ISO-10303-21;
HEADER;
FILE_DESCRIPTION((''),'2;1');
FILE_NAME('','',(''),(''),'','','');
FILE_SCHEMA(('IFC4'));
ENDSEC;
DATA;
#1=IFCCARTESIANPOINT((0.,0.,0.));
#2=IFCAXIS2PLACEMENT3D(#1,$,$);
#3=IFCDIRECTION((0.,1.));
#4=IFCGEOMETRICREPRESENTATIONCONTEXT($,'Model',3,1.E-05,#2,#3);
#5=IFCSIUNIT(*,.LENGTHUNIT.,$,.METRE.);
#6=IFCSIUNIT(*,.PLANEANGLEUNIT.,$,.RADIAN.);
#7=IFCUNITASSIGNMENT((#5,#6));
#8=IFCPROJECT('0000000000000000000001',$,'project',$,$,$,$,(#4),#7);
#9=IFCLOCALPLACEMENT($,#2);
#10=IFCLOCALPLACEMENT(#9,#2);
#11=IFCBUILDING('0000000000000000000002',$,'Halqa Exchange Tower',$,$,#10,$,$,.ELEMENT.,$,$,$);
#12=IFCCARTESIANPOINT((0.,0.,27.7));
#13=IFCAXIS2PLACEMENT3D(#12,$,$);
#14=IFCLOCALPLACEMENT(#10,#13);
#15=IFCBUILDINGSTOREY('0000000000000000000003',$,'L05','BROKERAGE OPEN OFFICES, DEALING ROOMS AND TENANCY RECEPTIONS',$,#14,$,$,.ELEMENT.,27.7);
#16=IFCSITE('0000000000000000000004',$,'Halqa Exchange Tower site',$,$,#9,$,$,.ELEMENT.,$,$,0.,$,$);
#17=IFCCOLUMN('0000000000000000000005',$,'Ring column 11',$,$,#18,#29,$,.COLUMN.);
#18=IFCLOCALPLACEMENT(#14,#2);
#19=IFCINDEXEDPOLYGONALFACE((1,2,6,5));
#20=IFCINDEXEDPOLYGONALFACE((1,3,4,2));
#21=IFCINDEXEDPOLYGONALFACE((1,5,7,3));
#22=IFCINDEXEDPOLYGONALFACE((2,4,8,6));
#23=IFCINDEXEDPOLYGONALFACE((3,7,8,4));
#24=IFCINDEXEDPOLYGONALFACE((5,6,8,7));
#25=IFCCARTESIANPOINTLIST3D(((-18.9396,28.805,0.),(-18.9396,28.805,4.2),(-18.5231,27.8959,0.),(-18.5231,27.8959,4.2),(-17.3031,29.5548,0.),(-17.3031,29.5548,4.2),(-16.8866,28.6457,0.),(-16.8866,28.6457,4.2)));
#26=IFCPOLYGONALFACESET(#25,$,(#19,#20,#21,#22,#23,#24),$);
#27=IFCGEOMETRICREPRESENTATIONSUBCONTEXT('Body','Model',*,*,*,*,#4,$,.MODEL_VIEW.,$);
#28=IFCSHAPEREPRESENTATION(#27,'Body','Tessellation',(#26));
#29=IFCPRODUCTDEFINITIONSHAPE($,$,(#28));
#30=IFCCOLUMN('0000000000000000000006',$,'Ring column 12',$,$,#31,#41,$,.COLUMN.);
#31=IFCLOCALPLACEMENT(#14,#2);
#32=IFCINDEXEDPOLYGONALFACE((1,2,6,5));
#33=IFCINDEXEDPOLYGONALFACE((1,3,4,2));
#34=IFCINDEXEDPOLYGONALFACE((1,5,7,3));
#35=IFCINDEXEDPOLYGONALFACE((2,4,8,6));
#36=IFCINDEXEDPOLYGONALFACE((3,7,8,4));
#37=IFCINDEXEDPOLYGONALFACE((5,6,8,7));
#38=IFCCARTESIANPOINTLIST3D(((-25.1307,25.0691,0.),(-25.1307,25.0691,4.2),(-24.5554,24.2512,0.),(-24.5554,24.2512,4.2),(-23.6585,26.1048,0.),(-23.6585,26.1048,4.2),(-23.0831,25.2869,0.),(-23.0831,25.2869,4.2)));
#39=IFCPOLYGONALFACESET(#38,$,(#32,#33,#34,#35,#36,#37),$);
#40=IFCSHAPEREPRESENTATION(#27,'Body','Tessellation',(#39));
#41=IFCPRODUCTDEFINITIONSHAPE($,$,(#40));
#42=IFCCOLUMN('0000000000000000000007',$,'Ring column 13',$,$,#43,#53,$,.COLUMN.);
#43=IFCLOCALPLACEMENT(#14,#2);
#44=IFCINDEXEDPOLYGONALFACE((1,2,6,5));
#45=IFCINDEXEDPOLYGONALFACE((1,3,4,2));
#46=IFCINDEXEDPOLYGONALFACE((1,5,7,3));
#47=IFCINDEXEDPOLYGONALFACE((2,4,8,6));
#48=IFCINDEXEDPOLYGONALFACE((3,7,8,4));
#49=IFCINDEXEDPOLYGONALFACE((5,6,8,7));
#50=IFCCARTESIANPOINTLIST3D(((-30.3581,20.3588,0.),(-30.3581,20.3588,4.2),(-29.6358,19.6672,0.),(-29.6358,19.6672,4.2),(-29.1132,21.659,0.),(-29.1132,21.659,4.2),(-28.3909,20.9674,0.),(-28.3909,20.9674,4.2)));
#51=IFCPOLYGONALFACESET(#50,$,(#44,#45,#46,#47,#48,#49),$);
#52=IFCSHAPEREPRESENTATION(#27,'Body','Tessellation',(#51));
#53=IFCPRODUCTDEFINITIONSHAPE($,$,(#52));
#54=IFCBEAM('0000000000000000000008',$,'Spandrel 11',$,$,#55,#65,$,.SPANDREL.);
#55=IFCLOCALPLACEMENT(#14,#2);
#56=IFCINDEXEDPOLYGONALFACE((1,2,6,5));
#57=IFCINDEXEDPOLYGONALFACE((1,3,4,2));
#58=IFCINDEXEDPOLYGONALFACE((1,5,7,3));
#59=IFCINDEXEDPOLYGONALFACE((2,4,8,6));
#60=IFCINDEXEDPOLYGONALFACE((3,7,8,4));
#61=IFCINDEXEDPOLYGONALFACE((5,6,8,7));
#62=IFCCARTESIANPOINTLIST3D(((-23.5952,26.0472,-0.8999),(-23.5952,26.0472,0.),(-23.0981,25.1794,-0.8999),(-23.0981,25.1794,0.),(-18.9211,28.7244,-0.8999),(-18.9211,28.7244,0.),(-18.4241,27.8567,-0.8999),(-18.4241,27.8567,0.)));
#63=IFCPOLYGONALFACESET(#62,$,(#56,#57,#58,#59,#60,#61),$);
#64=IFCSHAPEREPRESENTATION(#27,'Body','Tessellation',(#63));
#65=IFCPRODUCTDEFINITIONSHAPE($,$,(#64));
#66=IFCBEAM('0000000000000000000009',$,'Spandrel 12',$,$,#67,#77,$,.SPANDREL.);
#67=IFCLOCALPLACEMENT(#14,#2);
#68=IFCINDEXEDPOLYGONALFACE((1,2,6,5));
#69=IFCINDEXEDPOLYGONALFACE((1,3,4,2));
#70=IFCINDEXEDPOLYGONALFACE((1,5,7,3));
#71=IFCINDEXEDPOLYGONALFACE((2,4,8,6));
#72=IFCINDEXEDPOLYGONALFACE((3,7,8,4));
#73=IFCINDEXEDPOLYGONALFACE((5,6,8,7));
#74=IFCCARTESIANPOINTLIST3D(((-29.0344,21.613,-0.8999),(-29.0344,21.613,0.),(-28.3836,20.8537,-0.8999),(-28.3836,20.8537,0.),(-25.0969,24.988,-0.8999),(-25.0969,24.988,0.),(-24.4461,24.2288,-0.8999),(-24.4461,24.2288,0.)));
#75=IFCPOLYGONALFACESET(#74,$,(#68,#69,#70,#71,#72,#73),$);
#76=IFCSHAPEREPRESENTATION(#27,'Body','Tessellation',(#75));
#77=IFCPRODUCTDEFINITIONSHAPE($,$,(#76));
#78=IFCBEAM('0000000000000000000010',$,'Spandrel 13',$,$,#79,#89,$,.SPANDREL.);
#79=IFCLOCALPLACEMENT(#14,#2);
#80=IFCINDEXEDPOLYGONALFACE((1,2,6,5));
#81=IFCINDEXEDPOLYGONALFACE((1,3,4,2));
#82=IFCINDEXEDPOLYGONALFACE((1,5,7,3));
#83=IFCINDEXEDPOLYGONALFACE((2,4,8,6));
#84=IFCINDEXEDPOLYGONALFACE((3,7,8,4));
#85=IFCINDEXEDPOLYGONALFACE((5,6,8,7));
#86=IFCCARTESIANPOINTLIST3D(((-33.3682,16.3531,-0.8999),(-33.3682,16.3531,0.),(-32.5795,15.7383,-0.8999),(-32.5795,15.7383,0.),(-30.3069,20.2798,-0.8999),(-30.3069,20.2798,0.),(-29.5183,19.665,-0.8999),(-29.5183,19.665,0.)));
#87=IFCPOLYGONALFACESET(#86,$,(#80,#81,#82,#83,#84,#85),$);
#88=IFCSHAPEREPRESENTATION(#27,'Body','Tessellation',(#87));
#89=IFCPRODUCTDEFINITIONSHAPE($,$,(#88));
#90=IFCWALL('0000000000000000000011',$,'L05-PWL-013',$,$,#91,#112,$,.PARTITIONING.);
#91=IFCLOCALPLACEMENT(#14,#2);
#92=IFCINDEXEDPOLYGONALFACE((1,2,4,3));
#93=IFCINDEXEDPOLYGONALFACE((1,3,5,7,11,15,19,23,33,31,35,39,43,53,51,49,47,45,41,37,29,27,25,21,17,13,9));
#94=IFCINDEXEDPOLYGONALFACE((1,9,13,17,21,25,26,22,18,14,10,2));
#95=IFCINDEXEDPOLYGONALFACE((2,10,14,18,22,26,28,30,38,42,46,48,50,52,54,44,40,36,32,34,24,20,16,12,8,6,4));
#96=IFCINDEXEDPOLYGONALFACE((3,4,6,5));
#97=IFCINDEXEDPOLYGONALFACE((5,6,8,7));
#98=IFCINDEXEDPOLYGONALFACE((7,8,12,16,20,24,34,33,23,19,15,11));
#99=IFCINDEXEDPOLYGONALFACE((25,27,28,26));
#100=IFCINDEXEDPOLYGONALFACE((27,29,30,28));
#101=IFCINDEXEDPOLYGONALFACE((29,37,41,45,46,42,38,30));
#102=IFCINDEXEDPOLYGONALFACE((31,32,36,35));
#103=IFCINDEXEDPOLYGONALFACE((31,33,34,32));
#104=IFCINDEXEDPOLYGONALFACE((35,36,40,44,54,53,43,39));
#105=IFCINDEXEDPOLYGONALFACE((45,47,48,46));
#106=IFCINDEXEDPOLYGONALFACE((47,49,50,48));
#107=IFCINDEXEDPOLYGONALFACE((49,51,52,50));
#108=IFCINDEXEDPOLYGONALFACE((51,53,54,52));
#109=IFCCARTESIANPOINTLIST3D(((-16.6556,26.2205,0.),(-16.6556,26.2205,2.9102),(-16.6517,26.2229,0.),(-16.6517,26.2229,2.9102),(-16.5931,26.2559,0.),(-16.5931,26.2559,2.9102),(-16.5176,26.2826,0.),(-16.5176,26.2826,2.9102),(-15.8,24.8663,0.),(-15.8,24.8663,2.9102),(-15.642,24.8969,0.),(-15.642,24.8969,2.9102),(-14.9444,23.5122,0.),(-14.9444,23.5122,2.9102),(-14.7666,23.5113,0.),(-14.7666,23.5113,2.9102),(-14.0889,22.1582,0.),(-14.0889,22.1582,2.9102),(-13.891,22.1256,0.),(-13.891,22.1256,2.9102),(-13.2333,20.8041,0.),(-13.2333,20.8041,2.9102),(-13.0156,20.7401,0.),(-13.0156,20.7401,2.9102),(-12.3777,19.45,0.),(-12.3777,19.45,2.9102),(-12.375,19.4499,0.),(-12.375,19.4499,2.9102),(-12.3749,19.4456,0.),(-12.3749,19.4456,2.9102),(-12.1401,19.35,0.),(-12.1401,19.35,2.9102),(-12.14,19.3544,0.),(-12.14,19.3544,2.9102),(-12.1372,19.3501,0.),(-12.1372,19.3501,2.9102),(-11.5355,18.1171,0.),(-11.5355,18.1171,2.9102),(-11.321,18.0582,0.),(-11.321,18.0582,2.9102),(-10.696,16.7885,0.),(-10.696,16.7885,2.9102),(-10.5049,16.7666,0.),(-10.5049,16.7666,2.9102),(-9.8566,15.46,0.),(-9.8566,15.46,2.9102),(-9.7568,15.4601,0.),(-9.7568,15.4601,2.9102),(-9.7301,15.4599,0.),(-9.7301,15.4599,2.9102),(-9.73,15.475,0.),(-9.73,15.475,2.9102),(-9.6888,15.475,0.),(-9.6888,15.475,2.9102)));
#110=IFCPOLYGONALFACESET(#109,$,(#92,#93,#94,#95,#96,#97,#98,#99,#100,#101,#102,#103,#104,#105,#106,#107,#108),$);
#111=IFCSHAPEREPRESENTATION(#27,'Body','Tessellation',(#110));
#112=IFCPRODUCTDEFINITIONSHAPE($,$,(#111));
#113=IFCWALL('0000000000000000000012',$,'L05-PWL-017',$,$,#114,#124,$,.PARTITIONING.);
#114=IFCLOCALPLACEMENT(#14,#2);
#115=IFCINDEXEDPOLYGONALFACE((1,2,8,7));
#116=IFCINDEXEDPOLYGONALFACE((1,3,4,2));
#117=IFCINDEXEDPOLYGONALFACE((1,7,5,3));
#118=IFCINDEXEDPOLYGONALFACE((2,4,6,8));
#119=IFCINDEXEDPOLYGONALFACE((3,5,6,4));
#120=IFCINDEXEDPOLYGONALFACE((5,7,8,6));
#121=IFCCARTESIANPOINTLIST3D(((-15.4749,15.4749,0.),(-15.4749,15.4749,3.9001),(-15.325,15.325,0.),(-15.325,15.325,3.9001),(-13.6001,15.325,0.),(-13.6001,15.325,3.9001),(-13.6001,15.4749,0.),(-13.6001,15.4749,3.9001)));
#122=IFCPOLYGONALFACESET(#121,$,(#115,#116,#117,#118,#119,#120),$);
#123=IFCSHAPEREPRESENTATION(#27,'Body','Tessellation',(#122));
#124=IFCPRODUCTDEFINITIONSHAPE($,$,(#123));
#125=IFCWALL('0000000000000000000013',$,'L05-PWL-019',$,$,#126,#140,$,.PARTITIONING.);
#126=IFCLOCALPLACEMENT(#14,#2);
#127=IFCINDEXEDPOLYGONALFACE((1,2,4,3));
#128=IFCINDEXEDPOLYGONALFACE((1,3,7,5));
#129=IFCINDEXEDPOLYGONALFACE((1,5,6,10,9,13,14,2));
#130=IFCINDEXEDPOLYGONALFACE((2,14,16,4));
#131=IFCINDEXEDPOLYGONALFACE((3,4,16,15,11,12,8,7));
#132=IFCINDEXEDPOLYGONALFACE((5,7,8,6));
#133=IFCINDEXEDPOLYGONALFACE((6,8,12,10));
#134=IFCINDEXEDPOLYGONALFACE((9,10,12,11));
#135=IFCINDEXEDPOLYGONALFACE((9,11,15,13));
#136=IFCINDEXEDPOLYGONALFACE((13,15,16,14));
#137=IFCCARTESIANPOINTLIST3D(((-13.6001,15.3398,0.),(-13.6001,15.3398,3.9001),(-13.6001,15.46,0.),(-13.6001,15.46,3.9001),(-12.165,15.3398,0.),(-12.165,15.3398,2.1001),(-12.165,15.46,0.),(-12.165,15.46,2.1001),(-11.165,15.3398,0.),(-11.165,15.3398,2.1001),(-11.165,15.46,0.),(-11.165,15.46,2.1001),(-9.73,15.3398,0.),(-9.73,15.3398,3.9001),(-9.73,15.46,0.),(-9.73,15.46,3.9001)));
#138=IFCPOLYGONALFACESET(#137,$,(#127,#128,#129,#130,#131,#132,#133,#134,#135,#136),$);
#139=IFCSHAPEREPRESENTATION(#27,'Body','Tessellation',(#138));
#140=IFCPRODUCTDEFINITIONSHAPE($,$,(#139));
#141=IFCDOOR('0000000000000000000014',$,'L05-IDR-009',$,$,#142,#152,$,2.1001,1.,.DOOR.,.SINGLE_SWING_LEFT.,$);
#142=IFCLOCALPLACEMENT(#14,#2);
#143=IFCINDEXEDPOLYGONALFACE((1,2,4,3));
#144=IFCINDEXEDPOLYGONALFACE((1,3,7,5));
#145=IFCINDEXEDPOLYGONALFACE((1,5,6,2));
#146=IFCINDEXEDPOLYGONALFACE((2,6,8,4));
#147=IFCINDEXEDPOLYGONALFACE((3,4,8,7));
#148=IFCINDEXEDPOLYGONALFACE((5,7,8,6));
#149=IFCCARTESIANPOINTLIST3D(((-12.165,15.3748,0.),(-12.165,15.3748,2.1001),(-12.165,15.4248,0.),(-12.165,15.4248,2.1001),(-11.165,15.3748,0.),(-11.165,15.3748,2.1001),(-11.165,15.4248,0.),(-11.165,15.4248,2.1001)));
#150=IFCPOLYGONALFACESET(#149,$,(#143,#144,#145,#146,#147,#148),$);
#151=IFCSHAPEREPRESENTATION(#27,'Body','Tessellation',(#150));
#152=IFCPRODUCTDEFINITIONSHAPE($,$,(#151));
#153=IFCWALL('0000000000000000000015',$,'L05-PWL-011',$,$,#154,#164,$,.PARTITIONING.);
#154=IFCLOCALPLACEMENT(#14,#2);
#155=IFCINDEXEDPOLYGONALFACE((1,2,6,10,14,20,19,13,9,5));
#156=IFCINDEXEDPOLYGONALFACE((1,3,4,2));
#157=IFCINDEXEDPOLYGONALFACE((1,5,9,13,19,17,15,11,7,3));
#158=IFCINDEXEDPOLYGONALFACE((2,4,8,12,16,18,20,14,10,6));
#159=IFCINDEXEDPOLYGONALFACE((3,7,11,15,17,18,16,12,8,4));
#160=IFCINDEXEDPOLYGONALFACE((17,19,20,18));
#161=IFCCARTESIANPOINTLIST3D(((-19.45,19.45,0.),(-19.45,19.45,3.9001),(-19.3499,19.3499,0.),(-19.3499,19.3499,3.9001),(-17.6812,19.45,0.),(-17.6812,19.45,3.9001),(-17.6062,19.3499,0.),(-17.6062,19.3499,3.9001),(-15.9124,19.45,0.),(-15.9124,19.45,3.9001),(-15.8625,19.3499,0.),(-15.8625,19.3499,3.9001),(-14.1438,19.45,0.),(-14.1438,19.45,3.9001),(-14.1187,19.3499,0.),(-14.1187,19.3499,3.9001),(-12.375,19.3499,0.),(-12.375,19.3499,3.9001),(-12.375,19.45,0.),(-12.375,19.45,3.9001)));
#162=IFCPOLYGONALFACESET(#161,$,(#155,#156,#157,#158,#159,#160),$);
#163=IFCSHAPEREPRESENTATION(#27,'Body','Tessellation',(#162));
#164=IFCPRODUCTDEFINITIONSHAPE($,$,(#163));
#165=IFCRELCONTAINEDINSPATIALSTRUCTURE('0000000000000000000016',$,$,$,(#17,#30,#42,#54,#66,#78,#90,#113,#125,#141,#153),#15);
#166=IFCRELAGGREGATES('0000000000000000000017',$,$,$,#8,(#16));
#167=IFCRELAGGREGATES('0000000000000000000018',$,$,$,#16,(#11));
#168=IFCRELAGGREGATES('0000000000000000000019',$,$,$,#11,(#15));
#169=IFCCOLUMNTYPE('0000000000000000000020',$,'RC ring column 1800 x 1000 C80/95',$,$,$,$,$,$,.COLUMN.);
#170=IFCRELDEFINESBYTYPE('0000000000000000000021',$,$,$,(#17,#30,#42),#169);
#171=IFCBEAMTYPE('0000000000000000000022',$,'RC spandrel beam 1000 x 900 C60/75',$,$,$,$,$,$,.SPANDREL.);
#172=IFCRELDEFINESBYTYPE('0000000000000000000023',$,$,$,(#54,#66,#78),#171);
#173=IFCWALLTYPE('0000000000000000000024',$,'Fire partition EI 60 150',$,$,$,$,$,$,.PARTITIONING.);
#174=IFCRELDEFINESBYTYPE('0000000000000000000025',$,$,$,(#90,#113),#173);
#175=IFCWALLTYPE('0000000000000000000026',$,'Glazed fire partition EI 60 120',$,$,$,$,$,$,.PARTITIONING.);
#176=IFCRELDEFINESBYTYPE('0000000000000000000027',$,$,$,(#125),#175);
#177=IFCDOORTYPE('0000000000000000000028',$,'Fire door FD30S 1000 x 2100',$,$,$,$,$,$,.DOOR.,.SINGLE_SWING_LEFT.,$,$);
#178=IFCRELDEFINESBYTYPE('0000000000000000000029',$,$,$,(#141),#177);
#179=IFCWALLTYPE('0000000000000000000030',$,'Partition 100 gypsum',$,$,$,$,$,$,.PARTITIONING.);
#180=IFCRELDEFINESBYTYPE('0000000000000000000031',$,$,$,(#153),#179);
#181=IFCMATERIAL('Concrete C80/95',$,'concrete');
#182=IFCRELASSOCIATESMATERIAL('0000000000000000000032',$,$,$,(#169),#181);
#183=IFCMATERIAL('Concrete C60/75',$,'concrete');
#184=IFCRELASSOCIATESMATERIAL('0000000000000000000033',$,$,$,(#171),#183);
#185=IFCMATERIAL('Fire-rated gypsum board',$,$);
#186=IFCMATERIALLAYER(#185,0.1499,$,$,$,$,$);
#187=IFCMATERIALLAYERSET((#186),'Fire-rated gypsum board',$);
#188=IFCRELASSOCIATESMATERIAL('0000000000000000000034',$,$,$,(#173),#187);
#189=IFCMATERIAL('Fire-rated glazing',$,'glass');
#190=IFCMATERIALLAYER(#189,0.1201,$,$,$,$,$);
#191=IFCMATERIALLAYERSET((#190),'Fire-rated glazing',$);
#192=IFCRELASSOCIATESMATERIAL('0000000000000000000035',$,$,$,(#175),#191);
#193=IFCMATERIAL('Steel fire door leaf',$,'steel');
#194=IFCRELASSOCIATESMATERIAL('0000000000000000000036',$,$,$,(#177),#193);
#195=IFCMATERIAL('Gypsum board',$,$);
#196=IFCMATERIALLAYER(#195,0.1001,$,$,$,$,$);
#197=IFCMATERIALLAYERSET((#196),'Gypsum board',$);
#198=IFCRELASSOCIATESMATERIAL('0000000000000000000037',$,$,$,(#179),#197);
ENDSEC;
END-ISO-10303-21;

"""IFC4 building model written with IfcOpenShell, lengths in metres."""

from ifc_helpers import new_model, si_unit, direction, frame, frame_2d, origin, origin_2d, place, context, subcontext, project, spatial, polyline, rectangle, outline, extrude, material, layer, layer_set, material_profile, profile_set, type_object, element, fill, save


model = new_model("IFC4")

# Units and contexts
model_context = context("Model", 3, precision=1e-05, world=origin(), true_north=direction((0.0, 1.0)))
body_context = subcontext(model_context, "Body", "Model", "MODEL_VIEW")
ifc_project = project(units=[si_unit("LENGTHUNIT", "METRE"), si_unit("PLANEANGLEUNIT", "RADIAN")], contexts=[model_context])

# Site, building, storey
site_placement = place(None, origin())
site = spatial("IfcSite", under=ifc_project, at=site_placement, Name="Halqa Exchange Tower site", CompositionType="ELEMENT", RefElevation=0.0)
building_placement = place(site_placement, origin())
building = spatial("IfcBuilding", under=site, at=building_placement, Name="Halqa Exchange Tower", CompositionType="ELEMENT")
storey_placement = place(building_placement, frame((0.0, 0.0, 27.7)))
storey = spatial("IfcBuildingStorey", under=building, at=storey_placement, Name="L05", Description="BROKERAGE OPEN OFFICES, DEALING ROOMS AND TENANCY RECEPTIONS", CompositionType="ELEMENT", Elevation=27.7)

# Columns
ifc_material_1 = material(Name="Concrete C80/95", Category="concrete")
ifc_material_profile_1 = material_profile(ifc_material_1, rectangle(XDim=1.8, YDim=1.0, at=origin_2d()), Name="1800 x 1000")
ifc_profile_set_1 = profile_set([ifc_material_profile_1], Name="Concrete C80/95")
column_type = type_object("IfcColumnType", Name="RC ring column 1800 x 1000 C80/95", PredefinedType="COLUMN", material=ifc_profile_set_1)
for number, where, z_axis, x_axis, name in (
    (1, (-17.9131, 28.7253, 0.0), (0.0, 0.0, 1.0), (-0.909126, -0.416522, 0.0), "Ring column 11"),
    (2, (-24.1069, 25.178, 0.0), (0.0, 0.0, 1.0), (-0.817909, -0.575348, 0.0), "Ring column 12"),
    (3, (-29.3745, 20.6631, 0.0), (0.0, 0.0, 1.0), (-0.691581, -0.722299, 0.0), "Ring column 13"),
):
    element("IfcColumn", number, at=place(storey_placement, frame(where, z_axis=z_axis, x_axis=x_axis)), inside=storey, type_object=column_type, Name=name, PredefinedType="COLUMN", context=body_context, shape_type="SweptSolid", body=[
        extrude(rectangle(XDim=1.8, YDim=1.0, at=origin_2d()), origin(), (0.0, 0.0, 1.0), 4.2),
    ])

# Beams
ifc_material_2 = material(Name="Concrete C60/75", Category="concrete")
ifc_material_profile_2 = material_profile(ifc_material_2, rectangle(XDim=1.0, YDim=0.8999, at=origin_2d()), Name="1000 x 900")
ifc_profile_set_2 = profile_set([ifc_material_profile_2], Name="Concrete C60/75")
beam_type = type_object("IfcBeamType", Name="RC spandrel beam 1000 x 900 C60/75", PredefinedType="SPANDREL", material=ifc_profile_set_2)
beam_1_placement = place(storey_placement, frame((-18.6726, 28.2905, -0.45), z_axis=(-0.867735, -0.497027, 0.0), x_axis=(0.497027, -0.867735, 0.0)))
element("IfcBeam", 4, at=beam_1_placement, inside=storey, type_object=beam_type, Name="Spandrel 11", PredefinedType="SPANDREL", context=body_context, shape_type="SweptSolid", body=[
    extrude(rectangle(XDim=1.0, YDim=0.8999, at=origin_2d()), origin(), (0.0, 0.0, 1.0), 5.3865),
])
beam_2_placement = place(storey_placement, frame((-24.7715, 24.6084, -0.45), z_axis=(-0.759257, -0.650791, 0.0), x_axis=(0.650791, -0.759257, 0.0)))
element("IfcBeam", 5, at=beam_2_placement, inside=storey, type_object=beam_type, Name="Spandrel 12", PredefinedType="SPANDREL", context=body_context, shape_type="SweptSolid", body=[
    extrude(rectangle(XDim=1.0, YDim=0.8999, at=origin_2d()), origin(), (0.0, 0.0, 1.0), 5.186),
])
beam_3_placement = place(storey_placement, frame((-29.9126, 19.9724, -0.45), z_axis=(-0.614833, -0.788657, 0.0), x_axis=(0.788657, -0.614833, 0.0)))
element("IfcBeam", 6, at=beam_3_placement, inside=storey, type_object=beam_type, Name="Spandrel 13", PredefinedType="SPANDREL", context=body_context, shape_type="SweptSolid", body=[
    extrude(rectangle(XDim=1.0, YDim=0.8999, at=origin_2d()), origin(), (0.0, 0.0, 1.0), 4.979),
])

# Walls
ifc_material_3 = material(Name="Fire-rated gypsum board")
ifc_layer_1 = layer(ifc_material_3, 0.1499)
ifc_layer_set_1 = layer_set([ifc_layer_1], Name="Fire-rated gypsum board")
wall_type_1 = type_object("IfcWallType", Name="Fire partition EI 60 150", PredefinedType="PARTITIONING", material=ifc_layer_set_1)
wall_1_placement = place(storey_placement, frame((-16.5923, 26.2605, 0.0), z_axis=(0.0, 0.0, 1.0), x_axis=(0.534159, -0.845384, 0.0)))
element("IfcWall", 7, at=wall_1_placement, inside=storey, type_object=wall_type_1, Name="L05-PWL-013", PredefinedType="PARTITIONING", context=body_context, shape_type="SweptSolid", body=[
    extrude(outline(polyline([(0.0, -0.075), (1.6018, -0.075), (3.2036, -0.075), (4.8052, -0.075), (6.407, -0.075), (8.0088, -0.075), (8.0103, -0.0728), (8.0139, -0.075), (9.5854, -0.075), (11.157, -0.075), (12.7285, -0.075), (12.7817, 0.0095), (12.7817, 0.0095), (12.7961, 0.032), (12.7834, 0.04), (12.8054, 0.075), (12.8054, 0.075), (11.2776, 0.075), (9.7498, 0.075), (8.2217, 0.075), (8.2202, 0.0725), (8.2166, 0.075), (6.5774, 0.075), (4.9385, 0.075), (3.2993, 0.075), (1.6604, 0.075), (0.0212, 0.075), (0.0034, -0.0032), (0.0, -0.0703), (0.0, -0.075)])), origin(), (0.0, 0.0, 1.0), 2.9102),
])
wall_2_placement = place(storey_placement, frame((-15.4751, 15.3999, 0.0), z_axis=(0.0, 0.0, 1.0), x_axis=(1.0, 0.0, 0.0)))
element("IfcWall", 8, at=wall_2_placement, inside=storey, type_object=wall_type_1, Name="L05-PWL-017", PredefinedType="PARTITIONING", context=body_context, shape_type="SweptSolid", body=[
    extrude(outline(polyline([(1.875, 0.075), (0.0002, 0.075), (0.1501, -0.075), (1.875, -0.075), (1.875, 0.075)])), origin(), (0.0, 0.0, 1.0), 3.9001),
])

# Wall, opening, door
ifc_material_4 = material(Name="Fire-rated glazing", Category="glass")
ifc_layer_2 = layer(ifc_material_4, 0.1201)
ifc_layer_set_2 = layer_set([ifc_layer_2], Name="Fire-rated glazing")
wall_type_2 = type_object("IfcWallType", Name="Glazed fire partition EI 60 120", PredefinedType="PARTITIONING", material=ifc_layer_set_2)
wall_3_placement = place(storey_placement, frame((-13.6001, 15.3999, 0.0), z_axis=(0.0, 0.0, 1.0), x_axis=(1.0, 0.0, 0.0)))
wall_3 = element("IfcWall", 9, at=wall_3_placement, inside=storey, type_object=wall_type_2, Name="L05-PWL-019", PredefinedType="PARTITIONING", context=body_context, shape_type="SweptSolid", body=[
    extrude(rectangle(XDim=3.8701, YDim=0.1201, at=frame_2d((1.9351, 0.0))), origin(), (0.0, 0.0, 1.0), 3.9001),
])
opening_1_placement = place(wall_3_placement, frame((1.4351, 0.0, 0.0)))
opening_1 = element("IfcOpeningElement", 10, at=opening_1_placement, cuts=wall_3, PredefinedType="OPENING", context=body_context, shape_type="SweptSolid", body=[
    extrude(rectangle(XDim=1.0, YDim=2.1001, at=frame_2d((0.5, 1.05))), frame((0.0, 0.072, 0.0), z_axis=(0.0, -1.0, 0.0), x_axis=(1.0, 0.0, 0.0)), (0.0, 0.0, 1.0), 0.144),
])
ifc_material_5 = material(Name="Steel fire door leaf", Category="steel")
door_type_1 = type_object("IfcDoorType", Name="Fire door FD30S 1000 x 2100", OperationType="SINGLE_SWING_LEFT", PredefinedType="DOOR", material=ifc_material_5)
door_1_placement = place(opening_1_placement, origin())
door_1 = element("IfcDoor", 11, at=door_1_placement, inside=storey, type_object=door_type_1, Name="L05-IDR-009", OperationType="SINGLE_SWING_LEFT", OverallHeight=2.1001, OverallWidth=1.0, PredefinedType="DOOR", context=body_context, shape_type="SweptSolid", body=[
    extrude(rectangle(XDim=1.0, YDim=2.1001, at=frame_2d((0.5, 1.05))), frame((0.0, 0.0249, 0.0), z_axis=(0.0, -1.0, 0.0), x_axis=(1.0, 0.0, 0.0)), (0.0, 0.0, 1.0), 0.05),
])
fill(opening_1, door_1)

# Wall
ifc_material_6 = material(Name="Gypsum board")
ifc_layer_3 = layer(ifc_material_6, 0.1001)
ifc_layer_set_3 = layer_set([ifc_layer_3], Name="Gypsum board")
wall_type_3 = type_object("IfcWallType", Name="Partition 100 gypsum", PredefinedType="PARTITIONING", material=ifc_layer_set_3)
wall_4_placement = place(storey_placement, frame((-19.45, 19.3999, 0.0), z_axis=(0.0, 0.0, 1.0), x_axis=(1.0, 0.0, 0.0)))
element("IfcWall", 12, at=wall_4_placement, inside=storey, type_object=wall_type_3, Name="L05-PWL-011", PredefinedType="PARTITIONING", context=body_context, shape_type="SweptSolid", body=[
    extrude(outline(polyline([(7.075, 0.05), (5.3062, 0.05), (3.5376, 0.05), (1.7688, 0.05), (0.0, 0.05), (0.1001, -0.05), (1.8438, -0.05), (3.5874, -0.05), (5.3313, -0.05), (7.075, -0.05), (7.075, 0.05)])), origin(), (0.0, 0.0, 1.0), 3.9001),
])

save(model, "model.ifc")
